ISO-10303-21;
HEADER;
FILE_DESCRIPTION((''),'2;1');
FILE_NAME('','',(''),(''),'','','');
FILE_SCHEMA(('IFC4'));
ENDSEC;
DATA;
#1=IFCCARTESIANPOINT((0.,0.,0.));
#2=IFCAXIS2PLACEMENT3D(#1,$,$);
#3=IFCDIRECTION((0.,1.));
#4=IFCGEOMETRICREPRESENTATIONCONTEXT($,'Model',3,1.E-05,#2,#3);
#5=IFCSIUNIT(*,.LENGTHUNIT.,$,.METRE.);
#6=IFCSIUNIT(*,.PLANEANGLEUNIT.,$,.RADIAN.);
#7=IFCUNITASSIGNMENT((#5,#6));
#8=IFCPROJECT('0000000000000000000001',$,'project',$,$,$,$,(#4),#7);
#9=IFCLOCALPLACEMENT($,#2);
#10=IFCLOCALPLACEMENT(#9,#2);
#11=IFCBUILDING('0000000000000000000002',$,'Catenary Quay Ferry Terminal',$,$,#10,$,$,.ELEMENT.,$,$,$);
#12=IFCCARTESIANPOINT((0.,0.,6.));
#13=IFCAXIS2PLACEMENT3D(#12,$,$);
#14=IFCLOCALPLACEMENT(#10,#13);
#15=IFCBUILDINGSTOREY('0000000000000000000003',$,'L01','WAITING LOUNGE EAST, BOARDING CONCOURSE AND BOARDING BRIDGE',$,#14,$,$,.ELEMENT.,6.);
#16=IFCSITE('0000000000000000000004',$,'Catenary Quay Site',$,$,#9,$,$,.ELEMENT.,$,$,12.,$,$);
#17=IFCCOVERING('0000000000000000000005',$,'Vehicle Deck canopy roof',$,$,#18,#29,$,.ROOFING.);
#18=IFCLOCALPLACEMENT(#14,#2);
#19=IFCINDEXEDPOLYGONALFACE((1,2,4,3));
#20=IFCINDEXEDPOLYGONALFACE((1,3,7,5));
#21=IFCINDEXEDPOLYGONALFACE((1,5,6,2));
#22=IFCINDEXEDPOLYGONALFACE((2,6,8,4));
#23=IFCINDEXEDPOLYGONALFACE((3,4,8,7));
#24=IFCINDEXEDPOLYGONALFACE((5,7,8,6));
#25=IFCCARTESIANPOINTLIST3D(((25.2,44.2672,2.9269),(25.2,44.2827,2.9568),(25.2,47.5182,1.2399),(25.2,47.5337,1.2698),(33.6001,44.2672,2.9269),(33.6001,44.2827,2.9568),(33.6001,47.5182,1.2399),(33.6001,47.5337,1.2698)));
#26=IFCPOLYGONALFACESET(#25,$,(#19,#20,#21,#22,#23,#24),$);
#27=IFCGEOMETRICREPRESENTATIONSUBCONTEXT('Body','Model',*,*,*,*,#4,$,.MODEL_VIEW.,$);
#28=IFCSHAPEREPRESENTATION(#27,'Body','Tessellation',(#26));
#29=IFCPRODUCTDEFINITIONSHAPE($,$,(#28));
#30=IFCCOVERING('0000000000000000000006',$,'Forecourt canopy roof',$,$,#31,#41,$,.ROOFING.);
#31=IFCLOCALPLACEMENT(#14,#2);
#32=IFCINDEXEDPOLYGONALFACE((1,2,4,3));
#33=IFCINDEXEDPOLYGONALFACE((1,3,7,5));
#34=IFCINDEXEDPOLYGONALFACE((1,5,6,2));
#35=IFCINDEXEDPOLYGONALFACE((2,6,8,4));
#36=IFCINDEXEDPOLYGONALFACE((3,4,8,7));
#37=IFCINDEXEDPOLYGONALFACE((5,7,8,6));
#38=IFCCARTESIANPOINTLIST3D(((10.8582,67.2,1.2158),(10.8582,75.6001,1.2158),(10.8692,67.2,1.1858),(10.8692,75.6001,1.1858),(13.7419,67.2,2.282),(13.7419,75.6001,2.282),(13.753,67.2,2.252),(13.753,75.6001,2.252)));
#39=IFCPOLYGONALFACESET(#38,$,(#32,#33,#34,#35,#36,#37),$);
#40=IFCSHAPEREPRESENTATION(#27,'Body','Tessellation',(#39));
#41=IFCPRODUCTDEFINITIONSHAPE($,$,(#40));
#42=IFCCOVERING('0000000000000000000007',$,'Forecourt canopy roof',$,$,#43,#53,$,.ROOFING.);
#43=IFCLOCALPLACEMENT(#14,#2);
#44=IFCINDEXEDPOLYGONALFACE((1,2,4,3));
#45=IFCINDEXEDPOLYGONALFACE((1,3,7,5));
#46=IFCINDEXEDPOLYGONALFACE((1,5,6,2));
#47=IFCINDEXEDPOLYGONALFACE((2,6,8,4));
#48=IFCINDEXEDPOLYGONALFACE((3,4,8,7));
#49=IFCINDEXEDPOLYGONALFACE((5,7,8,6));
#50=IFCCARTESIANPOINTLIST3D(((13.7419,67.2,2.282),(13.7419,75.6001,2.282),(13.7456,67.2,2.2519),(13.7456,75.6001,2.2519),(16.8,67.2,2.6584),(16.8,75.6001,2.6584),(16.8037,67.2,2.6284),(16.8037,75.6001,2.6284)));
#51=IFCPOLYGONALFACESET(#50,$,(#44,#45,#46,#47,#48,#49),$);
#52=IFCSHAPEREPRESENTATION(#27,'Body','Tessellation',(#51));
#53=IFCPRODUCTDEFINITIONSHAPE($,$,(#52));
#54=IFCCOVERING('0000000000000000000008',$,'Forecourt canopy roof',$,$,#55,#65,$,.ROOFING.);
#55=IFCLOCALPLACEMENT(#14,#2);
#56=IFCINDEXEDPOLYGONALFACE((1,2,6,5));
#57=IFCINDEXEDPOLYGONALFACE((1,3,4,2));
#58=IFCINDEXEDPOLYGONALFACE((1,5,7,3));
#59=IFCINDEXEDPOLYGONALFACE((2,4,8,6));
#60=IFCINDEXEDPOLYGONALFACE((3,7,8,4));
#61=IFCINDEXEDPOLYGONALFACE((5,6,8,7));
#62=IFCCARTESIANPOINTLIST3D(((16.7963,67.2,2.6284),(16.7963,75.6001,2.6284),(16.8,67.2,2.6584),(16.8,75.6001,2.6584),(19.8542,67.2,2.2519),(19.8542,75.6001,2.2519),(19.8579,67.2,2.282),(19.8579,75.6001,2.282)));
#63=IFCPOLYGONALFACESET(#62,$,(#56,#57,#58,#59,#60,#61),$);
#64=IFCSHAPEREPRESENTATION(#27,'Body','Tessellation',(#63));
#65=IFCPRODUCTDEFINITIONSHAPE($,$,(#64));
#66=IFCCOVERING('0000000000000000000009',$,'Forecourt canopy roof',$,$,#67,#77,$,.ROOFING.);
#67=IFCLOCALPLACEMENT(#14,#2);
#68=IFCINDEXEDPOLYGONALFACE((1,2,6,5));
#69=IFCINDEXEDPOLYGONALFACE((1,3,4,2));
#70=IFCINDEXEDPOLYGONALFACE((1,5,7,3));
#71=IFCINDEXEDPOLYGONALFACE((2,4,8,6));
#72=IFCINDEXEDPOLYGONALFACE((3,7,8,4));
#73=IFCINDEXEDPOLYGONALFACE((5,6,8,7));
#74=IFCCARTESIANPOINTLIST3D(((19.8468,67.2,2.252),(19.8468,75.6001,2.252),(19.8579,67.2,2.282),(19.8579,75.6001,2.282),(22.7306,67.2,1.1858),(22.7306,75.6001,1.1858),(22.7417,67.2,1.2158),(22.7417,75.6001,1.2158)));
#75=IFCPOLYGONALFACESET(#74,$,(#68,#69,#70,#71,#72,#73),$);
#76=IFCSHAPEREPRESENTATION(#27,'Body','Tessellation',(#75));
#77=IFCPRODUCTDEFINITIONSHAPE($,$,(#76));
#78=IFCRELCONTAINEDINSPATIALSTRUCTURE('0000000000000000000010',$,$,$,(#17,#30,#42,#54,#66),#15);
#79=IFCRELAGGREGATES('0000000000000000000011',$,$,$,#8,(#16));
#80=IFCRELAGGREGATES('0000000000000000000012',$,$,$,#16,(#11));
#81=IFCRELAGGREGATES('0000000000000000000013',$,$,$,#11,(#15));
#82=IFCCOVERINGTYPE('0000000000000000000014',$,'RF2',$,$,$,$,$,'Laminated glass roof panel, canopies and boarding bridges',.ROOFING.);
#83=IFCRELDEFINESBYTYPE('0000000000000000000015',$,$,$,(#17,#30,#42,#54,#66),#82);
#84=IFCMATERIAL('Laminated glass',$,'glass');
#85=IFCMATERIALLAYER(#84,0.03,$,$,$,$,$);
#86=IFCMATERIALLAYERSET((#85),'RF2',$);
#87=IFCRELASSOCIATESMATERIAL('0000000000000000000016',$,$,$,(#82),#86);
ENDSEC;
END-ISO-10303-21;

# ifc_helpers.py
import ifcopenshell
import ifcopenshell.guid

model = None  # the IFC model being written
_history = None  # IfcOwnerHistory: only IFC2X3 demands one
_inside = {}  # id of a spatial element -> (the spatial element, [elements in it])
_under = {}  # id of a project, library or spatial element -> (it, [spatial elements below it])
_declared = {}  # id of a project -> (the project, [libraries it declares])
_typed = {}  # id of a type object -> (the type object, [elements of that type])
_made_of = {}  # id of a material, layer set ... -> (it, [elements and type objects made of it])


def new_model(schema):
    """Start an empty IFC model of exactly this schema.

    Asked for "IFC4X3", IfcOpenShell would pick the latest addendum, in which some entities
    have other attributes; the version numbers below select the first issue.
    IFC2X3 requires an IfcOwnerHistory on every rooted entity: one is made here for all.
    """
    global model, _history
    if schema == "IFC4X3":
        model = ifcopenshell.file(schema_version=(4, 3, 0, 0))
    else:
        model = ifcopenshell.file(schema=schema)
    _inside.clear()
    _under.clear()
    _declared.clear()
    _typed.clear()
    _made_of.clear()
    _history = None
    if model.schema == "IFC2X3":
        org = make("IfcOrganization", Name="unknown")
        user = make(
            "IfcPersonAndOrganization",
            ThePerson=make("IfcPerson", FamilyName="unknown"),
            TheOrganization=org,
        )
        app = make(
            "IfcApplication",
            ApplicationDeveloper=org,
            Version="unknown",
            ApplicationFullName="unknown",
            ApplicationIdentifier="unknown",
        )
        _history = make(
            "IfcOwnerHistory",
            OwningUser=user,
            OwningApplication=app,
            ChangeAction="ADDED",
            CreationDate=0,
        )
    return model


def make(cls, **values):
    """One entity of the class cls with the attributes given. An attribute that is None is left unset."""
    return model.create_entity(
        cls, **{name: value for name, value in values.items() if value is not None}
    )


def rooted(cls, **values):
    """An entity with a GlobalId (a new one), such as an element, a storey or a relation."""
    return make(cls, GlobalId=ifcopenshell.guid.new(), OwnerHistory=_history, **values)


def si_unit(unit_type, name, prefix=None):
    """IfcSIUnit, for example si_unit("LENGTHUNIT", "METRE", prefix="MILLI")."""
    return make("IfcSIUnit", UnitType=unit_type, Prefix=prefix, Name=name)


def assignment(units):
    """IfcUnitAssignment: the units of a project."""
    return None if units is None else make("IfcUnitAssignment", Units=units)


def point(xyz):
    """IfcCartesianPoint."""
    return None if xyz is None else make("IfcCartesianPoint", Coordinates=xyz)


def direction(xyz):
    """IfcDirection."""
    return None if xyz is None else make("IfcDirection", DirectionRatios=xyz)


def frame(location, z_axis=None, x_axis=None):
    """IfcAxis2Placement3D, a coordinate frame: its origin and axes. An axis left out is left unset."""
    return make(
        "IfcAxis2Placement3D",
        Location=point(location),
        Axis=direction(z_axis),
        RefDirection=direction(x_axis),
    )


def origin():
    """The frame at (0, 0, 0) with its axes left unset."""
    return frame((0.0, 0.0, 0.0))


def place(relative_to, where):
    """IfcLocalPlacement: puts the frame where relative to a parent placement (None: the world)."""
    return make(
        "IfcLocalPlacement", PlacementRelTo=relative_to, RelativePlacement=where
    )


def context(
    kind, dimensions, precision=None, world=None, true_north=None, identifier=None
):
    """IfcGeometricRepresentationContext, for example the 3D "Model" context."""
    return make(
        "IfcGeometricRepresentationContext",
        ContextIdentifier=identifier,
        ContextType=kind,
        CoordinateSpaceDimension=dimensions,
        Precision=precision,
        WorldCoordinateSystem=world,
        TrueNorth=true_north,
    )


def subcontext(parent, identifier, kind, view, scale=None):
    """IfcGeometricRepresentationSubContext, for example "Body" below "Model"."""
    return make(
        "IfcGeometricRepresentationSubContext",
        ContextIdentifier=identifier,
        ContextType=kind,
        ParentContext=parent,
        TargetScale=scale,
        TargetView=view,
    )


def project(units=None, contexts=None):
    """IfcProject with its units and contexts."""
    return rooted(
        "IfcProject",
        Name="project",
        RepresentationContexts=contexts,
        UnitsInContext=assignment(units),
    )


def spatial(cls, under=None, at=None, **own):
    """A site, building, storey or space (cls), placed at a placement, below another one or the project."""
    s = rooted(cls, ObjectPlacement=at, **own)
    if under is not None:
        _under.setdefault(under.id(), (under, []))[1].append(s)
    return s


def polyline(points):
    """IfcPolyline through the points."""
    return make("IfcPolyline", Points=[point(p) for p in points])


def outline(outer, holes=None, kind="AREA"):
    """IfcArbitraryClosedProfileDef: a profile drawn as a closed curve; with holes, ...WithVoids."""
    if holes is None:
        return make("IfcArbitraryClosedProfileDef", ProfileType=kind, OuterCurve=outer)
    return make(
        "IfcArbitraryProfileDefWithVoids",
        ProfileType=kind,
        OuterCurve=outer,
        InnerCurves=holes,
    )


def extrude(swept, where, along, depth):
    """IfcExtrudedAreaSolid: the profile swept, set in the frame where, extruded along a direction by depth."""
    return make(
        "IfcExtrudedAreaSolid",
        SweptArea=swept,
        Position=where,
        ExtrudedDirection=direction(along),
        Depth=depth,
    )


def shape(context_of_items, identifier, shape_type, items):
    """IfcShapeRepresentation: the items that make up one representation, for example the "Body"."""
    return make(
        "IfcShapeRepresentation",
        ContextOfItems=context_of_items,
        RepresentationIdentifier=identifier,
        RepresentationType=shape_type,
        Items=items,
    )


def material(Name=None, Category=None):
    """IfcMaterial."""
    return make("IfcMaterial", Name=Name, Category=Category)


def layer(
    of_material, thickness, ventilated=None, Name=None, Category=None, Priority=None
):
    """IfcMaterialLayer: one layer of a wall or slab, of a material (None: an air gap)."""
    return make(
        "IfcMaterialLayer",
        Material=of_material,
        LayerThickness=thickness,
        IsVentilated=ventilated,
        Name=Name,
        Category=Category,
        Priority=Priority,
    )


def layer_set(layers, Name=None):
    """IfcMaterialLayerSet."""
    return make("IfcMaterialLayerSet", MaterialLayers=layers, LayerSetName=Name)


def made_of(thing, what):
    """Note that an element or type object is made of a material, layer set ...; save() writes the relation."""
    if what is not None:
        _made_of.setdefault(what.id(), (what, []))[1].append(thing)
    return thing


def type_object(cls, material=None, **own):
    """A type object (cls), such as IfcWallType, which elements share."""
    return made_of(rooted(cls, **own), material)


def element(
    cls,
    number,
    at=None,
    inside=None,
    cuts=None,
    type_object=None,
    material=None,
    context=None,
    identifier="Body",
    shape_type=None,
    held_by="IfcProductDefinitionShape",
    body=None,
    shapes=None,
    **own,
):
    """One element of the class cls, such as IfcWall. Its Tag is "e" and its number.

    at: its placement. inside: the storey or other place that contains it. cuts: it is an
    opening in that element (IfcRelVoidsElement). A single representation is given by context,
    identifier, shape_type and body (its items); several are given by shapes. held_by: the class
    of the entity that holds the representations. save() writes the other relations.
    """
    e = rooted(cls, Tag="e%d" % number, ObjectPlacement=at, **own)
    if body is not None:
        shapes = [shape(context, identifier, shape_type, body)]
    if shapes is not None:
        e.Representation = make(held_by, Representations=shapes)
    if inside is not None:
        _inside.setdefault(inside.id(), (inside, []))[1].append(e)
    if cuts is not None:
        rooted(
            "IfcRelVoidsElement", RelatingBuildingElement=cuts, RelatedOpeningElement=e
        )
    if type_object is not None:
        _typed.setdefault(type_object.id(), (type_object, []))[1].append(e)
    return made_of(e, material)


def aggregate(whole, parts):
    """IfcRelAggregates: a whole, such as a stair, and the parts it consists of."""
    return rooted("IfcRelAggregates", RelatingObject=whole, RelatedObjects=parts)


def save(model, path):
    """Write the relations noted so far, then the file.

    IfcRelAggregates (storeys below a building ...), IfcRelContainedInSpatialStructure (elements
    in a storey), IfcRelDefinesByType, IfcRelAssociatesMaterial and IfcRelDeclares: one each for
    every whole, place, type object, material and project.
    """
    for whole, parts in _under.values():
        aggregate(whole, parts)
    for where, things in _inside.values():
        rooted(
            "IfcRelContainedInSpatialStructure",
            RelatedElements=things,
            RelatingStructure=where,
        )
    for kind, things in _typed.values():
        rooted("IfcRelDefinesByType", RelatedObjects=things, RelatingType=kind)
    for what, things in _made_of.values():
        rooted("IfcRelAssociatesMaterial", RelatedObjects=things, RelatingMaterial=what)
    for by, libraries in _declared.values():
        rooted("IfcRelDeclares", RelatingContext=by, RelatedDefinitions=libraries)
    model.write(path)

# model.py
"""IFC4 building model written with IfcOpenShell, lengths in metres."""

from ifc_helpers import new_model, si_unit, direction, frame, origin, place, context, subcontext, project, spatial, polyline, outline, extrude, material, layer, layer_set, type_object, element, save


model = new_model("IFC4")

# Units and contexts
model_context = context("Model", 3, precision=1e-05, world=origin(), true_north=direction((0.0, 1.0)))
body_context = subcontext(model_context, "Body", "Model", "MODEL_VIEW")
ifc_project = project(units=[si_unit("LENGTHUNIT", "METRE"), si_unit("PLANEANGLEUNIT", "RADIAN")], contexts=[model_context])

# Site, building, storey
site_placement = place(None, origin())
site = spatial("IfcSite", under=ifc_project, at=site_placement, Name="Catenary Quay Site", CompositionType="ELEMENT", RefElevation=12.0)
building_placement = place(site_placement, origin())
building = spatial("IfcBuilding", under=site, at=building_placement, Name="Catenary Quay Ferry Terminal", CompositionType="ELEMENT")
storey_placement = place(building_placement, frame((0.0, 0.0, 6.0)))
storey = spatial("IfcBuildingStorey", under=building, at=storey_placement, Name="L01", Description="WAITING LOUNGE EAST, BOARDING CONCOURSE AND BOARDING BRIDGE", CompositionType="ELEMENT", Elevation=6.0)

# Coverings
ifc_material_1 = material(Name="Laminated glass", Category="glass")
ifc_layer_1 = layer(ifc_material_1, 0.03)
ifc_layer_set_1 = layer_set([ifc_layer_1], Name="RF2")
covering_type = type_object("IfcCoveringType", Name="RF2", ElementType="Laminated glass roof panel, canopies and boarding bridges", PredefinedType="ROOFING", material=ifc_layer_set_1)
covering_1_placement = place(storey_placement, frame((25.2, 44.2827, 2.9568), z_axis=(0.0, 0.460601, 0.887607), x_axis=(1.0, 0.0, 0.0)))
element("IfcCovering", 1, at=covering_1_placement, inside=storey, type_object=covering_type, Name="Vehicle Deck canopy roof", PredefinedType="ROOFING", context=body_context, shape_type="SweptSolid", body=[
    extrude(outline(polyline([(0.0, 0.0), (8.4001, 0.0), (8.4001, 3.6626), (0.0, 3.6626), (0.0, 0.0)])), origin(), (0.0, 0.0, -1.0), 0.0337),
])
covering_2_placement = place(storey_placement, frame((10.8582, 67.2, 1.2158), z_axis=(-0.346769, 0.0, 0.937951), x_axis=(0.0, 1.0, 0.0)))
element("IfcCovering", 2, at=covering_2_placement, inside=storey, type_object=covering_type, Name="Forecourt canopy roof", PredefinedType="ROOFING", context=body_context, shape_type="SweptSolid", body=[
    extrude(outline(polyline([(0.0, 0.0), (8.4001, 0.0), (8.4001, -3.0746), (0.0, -3.0746), (0.0, 0.0)])), origin(), (0.0, 0.0, -1.0), 0.032),
])
covering_3_placement = place(storey_placement, frame((13.7419, 67.2, 2.282), z_axis=(-0.122182, 0.0, 0.992508), x_axis=(0.0, 1.0, 0.0)))
element("IfcCovering", 3, at=covering_3_placement, inside=storey, type_object=covering_type, Name="Forecourt canopy roof", PredefinedType="ROOFING", context=body_context, shape_type="SweptSolid", body=[
    extrude(outline(polyline([(0.0, 0.0), (8.4001, 0.0), (8.4001, -3.0812), (0.0, -3.0812), (0.0, 0.0)])), origin(), (0.0, 0.0, -1.0), 0.0303),
])
covering_4_placement = place(storey_placement, frame((16.8, 67.2, 2.6584), z_axis=(0.122191, 0.0, 0.992507), x_axis=(0.0, 1.0, 0.0)))
element("IfcCovering", 4, at=covering_4_placement, inside=storey, type_object=covering_type, Name="Forecourt canopy roof", PredefinedType="ROOFING", context=body_context, shape_type="SweptSolid", body=[
    extrude(outline(polyline([(0.0, 0.0), (8.4001, 0.0), (8.4001, -3.0809), (0.0, -3.0809), (0.0, 0.0)])), origin(), (0.0, 0.0, -1.0), 0.0303),
])
covering_5_placement = place(storey_placement, frame((19.8579, 67.2, 2.282), z_axis=(0.346769, 0.0, 0.937951), x_axis=(0.0, 1.0, 0.0)))
element("IfcCovering", 5, at=covering_5_placement, inside=storey, type_object=covering_type, Name="Forecourt canopy roof", PredefinedType="ROOFING", context=body_context, shape_type="SweptSolid", body=[
    extrude(outline(polyline([(0.0, 0.0), (8.4001, 0.0), (8.4001, -3.0746), (0.0, -3.0746), (0.0, 0.0)])), origin(), (0.0, 0.0, -1.0), 0.032),
])

save(model, "model.ifc")
